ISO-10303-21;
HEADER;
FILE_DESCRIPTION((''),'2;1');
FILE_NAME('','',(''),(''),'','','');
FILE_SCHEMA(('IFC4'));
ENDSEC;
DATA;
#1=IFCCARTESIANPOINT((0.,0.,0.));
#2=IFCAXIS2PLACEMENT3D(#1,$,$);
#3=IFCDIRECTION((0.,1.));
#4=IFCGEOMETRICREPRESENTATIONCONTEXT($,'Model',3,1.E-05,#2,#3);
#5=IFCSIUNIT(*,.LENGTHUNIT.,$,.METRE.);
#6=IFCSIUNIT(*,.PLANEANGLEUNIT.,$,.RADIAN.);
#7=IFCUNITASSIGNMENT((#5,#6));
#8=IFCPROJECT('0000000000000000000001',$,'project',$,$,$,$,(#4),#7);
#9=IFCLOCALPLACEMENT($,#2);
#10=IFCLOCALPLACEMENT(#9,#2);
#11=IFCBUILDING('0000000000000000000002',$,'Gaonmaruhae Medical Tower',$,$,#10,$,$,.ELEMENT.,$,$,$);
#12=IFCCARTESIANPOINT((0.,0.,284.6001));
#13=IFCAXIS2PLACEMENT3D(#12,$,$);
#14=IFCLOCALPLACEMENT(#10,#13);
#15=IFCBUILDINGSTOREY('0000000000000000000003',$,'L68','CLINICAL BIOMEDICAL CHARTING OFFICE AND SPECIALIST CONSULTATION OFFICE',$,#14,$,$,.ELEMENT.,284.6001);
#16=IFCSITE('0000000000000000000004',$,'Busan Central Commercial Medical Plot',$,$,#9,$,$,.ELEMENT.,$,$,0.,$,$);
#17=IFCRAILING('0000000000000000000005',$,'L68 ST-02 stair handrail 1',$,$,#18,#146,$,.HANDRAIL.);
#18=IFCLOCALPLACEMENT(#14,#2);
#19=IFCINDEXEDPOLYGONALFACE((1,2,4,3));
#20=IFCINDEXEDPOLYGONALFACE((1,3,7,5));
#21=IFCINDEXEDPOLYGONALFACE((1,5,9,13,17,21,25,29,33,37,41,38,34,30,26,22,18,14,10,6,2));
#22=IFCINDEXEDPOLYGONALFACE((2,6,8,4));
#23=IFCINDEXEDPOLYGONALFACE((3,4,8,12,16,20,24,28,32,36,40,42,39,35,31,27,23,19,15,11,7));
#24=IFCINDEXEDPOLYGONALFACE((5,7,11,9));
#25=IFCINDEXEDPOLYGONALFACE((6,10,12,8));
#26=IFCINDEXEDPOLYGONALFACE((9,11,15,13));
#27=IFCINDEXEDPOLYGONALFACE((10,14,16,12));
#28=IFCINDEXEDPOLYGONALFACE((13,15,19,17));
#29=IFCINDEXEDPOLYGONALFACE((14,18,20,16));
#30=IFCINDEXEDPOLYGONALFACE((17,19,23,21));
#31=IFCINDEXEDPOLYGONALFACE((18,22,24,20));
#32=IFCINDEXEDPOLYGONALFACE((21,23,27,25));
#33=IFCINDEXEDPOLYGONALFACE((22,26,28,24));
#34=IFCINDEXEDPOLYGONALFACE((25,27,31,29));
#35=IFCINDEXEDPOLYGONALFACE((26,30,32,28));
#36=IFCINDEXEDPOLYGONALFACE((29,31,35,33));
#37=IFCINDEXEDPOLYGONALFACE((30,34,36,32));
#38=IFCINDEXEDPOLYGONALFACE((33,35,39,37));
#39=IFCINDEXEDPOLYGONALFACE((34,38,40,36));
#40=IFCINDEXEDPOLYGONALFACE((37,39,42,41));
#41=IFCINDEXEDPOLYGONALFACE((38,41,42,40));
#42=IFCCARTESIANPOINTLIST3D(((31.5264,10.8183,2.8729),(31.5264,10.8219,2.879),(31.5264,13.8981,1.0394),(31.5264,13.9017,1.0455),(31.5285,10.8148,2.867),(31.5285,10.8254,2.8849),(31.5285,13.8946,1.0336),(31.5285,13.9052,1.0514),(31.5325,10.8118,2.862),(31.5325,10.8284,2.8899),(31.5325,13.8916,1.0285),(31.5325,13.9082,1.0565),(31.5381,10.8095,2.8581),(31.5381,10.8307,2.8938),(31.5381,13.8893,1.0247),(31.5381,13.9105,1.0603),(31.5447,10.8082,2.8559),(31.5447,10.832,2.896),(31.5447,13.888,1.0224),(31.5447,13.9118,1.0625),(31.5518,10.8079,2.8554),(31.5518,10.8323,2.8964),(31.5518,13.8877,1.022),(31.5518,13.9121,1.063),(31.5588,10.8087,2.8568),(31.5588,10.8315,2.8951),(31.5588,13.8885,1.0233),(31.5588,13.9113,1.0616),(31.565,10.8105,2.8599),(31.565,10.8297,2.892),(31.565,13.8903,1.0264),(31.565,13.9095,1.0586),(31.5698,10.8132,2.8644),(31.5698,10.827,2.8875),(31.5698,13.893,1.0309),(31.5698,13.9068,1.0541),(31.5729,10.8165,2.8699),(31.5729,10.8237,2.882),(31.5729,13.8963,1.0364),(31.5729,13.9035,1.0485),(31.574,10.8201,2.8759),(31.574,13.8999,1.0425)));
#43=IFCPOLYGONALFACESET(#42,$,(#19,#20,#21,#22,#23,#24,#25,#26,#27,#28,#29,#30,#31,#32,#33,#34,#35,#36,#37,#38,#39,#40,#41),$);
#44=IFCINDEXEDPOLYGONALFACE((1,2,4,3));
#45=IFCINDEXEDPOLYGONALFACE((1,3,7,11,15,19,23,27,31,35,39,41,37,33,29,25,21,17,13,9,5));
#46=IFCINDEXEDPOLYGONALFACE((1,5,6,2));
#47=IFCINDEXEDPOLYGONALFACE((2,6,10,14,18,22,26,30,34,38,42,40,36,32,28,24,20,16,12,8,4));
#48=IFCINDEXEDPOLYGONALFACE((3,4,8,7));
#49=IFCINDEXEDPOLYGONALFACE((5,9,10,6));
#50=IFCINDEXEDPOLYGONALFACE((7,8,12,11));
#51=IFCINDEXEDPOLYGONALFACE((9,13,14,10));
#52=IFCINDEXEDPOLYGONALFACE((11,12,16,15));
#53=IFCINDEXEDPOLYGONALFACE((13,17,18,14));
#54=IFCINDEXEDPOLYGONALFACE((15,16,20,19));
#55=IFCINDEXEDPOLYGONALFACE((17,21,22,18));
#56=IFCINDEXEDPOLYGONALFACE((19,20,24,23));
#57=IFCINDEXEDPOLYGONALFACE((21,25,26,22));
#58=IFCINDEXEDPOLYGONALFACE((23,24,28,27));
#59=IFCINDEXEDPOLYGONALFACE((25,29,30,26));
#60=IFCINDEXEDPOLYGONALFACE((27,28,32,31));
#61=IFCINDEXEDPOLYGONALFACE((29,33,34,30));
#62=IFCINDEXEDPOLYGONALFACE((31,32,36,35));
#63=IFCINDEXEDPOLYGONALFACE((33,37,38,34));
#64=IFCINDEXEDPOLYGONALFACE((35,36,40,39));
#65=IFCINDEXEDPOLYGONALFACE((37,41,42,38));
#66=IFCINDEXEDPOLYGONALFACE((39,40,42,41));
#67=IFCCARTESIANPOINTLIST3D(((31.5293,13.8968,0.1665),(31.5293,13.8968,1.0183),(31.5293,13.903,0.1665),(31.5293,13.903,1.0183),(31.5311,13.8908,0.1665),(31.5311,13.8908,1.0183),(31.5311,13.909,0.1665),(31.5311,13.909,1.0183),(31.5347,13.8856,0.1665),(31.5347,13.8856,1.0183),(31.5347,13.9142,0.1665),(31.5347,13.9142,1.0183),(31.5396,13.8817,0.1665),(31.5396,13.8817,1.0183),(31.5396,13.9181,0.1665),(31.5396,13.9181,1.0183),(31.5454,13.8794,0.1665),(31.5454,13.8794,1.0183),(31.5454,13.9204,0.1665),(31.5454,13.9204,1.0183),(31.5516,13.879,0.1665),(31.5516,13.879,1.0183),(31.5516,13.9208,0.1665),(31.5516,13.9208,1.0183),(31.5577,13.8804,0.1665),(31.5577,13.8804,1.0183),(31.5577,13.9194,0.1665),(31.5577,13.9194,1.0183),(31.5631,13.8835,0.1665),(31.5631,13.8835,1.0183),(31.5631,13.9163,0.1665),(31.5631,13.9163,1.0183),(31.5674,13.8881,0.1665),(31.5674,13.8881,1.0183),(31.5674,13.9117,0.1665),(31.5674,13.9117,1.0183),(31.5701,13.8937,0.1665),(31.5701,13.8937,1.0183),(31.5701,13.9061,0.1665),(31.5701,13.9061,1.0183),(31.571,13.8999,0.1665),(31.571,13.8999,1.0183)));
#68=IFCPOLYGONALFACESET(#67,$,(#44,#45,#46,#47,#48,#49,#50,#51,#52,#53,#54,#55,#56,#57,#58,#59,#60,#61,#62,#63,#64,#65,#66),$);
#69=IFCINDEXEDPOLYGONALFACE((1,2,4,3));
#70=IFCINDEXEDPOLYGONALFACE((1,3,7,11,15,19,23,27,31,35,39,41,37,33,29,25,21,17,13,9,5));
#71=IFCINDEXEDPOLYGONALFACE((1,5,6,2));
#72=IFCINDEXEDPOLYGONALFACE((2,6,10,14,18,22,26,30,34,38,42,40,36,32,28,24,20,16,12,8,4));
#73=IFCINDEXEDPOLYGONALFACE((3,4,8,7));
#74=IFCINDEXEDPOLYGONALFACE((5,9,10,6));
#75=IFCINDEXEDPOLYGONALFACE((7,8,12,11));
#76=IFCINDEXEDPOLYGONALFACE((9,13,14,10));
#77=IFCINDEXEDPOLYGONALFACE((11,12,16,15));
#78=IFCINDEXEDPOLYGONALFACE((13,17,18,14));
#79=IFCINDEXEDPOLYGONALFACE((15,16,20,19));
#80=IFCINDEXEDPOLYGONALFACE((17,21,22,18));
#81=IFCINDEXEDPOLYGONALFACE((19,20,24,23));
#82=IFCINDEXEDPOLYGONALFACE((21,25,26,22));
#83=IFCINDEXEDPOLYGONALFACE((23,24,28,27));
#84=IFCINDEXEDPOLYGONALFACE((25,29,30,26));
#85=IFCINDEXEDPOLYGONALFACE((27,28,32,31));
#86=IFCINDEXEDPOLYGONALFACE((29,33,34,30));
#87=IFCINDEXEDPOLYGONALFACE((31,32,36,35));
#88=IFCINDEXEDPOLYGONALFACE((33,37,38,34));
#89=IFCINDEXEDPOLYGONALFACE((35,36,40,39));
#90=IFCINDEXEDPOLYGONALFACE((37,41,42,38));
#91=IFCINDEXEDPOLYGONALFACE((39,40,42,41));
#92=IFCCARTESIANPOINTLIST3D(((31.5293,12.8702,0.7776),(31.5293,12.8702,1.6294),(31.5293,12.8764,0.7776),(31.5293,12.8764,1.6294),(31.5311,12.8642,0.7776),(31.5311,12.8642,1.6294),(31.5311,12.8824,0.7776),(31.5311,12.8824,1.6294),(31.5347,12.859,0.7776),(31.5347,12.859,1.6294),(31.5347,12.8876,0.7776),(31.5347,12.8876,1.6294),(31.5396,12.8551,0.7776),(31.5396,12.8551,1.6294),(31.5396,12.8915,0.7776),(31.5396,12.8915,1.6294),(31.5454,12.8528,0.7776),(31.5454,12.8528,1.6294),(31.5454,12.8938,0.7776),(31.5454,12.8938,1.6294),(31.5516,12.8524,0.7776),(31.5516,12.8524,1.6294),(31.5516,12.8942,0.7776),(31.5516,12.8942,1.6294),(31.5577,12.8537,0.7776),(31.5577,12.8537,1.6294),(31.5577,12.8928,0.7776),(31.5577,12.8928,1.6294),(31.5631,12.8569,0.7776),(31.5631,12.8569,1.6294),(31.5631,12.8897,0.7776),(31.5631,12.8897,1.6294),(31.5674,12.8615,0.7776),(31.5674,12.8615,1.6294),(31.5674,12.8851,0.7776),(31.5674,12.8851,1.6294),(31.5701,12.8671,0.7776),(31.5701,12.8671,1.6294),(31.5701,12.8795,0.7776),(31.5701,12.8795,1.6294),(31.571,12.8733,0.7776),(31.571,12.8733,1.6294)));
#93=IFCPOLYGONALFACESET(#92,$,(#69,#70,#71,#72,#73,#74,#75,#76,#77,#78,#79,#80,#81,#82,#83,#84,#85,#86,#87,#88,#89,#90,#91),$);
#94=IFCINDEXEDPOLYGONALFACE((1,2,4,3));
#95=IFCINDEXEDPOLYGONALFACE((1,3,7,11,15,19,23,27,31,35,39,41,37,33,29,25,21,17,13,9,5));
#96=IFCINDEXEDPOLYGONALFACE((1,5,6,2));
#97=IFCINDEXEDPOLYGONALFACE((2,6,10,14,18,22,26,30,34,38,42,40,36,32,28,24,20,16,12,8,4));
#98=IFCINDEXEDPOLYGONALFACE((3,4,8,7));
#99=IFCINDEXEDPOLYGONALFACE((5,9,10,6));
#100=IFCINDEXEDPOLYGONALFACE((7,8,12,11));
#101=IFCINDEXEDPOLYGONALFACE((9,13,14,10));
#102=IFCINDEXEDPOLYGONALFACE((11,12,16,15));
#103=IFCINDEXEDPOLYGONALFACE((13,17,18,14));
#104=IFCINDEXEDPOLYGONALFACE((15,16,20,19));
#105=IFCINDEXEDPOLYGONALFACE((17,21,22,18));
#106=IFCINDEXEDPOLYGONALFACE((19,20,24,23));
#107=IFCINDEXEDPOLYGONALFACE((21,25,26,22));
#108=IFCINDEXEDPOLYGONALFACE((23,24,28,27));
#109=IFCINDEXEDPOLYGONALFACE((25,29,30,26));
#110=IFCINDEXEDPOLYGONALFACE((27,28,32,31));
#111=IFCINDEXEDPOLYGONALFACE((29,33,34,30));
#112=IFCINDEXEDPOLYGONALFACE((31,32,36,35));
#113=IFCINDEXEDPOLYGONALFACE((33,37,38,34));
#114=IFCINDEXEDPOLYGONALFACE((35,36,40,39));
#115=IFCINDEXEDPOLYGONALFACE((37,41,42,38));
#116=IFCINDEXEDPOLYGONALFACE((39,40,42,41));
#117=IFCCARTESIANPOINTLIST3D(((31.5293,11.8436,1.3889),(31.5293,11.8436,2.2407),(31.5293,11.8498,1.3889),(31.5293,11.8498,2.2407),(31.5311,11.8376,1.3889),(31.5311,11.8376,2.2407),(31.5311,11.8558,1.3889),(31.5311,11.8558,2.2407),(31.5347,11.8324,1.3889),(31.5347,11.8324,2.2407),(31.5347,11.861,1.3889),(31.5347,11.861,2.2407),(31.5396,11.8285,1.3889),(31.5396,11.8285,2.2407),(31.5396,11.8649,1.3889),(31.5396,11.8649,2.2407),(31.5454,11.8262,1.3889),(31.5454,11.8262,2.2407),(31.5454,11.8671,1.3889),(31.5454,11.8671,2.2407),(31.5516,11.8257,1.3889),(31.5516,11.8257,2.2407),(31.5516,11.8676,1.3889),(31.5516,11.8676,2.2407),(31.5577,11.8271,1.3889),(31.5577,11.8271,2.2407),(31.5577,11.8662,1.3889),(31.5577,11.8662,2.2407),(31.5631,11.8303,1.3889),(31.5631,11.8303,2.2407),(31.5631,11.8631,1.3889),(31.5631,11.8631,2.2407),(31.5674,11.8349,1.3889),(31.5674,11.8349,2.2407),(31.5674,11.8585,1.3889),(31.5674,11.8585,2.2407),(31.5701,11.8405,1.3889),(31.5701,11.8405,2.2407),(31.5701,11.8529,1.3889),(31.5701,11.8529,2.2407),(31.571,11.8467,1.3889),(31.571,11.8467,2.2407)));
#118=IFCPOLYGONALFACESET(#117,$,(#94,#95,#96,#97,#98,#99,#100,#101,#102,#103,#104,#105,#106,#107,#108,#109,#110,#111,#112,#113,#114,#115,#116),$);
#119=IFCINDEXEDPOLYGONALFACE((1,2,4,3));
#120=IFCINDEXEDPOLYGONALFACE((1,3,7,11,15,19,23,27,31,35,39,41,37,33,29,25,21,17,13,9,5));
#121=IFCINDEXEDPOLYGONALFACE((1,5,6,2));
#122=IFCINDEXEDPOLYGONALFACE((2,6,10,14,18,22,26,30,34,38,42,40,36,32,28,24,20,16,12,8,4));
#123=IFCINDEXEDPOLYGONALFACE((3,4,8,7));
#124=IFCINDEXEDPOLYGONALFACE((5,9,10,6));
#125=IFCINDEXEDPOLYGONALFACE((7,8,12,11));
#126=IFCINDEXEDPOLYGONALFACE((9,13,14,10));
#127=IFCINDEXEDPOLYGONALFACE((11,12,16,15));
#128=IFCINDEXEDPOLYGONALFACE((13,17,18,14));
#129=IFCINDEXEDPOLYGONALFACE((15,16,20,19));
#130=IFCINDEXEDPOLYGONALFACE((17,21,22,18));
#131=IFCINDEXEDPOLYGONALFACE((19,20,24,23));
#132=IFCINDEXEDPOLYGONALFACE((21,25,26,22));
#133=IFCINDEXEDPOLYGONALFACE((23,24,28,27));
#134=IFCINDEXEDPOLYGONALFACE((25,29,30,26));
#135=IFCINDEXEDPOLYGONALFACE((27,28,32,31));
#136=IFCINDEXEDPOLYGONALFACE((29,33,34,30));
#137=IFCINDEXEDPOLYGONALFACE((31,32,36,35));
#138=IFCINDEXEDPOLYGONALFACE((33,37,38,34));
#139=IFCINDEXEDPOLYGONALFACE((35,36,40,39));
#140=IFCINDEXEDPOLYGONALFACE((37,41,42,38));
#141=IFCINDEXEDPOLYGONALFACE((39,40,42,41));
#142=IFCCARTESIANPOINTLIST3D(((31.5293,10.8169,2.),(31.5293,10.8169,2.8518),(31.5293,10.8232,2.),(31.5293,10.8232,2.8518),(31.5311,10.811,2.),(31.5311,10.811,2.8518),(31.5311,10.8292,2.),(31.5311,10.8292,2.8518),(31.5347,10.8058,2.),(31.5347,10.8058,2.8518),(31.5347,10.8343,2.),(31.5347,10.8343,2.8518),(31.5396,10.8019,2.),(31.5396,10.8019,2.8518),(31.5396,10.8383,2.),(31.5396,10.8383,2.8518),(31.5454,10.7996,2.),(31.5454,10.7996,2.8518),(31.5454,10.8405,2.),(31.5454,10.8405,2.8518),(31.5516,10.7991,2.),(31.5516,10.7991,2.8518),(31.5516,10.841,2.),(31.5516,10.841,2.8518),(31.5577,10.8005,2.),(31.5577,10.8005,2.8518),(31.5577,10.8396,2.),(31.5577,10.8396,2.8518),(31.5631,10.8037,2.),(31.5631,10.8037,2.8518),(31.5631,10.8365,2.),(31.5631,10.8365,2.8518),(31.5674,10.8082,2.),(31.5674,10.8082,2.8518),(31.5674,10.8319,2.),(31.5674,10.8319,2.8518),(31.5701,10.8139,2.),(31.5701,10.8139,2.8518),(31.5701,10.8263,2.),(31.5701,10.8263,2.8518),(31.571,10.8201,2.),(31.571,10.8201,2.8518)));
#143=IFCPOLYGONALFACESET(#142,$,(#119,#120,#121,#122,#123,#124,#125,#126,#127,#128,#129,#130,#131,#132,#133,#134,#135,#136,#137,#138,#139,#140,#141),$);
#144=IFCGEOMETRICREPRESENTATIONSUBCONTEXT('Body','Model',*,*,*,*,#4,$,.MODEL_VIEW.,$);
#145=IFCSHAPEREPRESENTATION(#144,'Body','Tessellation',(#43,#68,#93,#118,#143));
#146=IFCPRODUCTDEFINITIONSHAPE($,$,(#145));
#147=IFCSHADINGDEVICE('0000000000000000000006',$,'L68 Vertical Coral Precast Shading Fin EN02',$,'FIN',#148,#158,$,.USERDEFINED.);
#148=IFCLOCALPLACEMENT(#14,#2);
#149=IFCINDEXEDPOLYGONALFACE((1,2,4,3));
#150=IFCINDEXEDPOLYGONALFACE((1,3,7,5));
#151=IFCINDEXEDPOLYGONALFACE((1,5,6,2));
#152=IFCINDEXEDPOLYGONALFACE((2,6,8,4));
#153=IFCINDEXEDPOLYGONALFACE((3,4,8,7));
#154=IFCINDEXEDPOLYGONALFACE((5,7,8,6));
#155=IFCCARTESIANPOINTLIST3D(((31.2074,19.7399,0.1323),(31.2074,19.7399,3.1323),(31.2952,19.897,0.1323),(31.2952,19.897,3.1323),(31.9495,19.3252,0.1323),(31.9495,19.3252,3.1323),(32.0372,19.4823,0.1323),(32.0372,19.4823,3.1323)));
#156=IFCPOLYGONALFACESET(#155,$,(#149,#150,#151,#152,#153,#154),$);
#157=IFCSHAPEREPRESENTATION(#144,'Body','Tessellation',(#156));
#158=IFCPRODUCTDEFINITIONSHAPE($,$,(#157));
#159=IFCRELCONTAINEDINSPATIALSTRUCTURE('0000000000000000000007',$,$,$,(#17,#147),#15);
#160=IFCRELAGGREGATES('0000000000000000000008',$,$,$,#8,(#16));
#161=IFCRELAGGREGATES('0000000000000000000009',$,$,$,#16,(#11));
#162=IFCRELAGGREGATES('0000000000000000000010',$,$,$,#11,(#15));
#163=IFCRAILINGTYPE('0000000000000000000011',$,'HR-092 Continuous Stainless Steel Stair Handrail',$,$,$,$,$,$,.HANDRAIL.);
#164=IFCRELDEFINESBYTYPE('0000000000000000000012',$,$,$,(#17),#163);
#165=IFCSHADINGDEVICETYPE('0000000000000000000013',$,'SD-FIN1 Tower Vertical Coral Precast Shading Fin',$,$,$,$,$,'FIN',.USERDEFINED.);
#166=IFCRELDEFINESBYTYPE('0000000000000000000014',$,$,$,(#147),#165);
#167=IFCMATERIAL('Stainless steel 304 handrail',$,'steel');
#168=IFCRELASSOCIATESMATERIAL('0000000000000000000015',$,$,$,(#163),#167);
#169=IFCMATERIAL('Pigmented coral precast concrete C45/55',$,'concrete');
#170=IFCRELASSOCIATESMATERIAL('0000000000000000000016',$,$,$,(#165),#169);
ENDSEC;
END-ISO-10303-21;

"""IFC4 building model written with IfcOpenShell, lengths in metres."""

from ifc_helpers import new_model, si_unit, direction, frame, origin, origin_2d, place, context, subcontext, project, spatial, rectangle, circle, extrude, material, type_object, element, save


model = new_model("IFC4")

# Units and contexts
model_context = context("Model", 3, precision=1e-05, world=origin(), true_north=direction((0.0, 1.0)))
body_context = subcontext(model_context, "Body", "Model", "MODEL_VIEW")
ifc_project = project(units=[si_unit("LENGTHUNIT", "METRE"), si_unit("PLANEANGLEUNIT", "RADIAN")], contexts=[model_context])

# Site, building, storey
site_placement = place(None, origin())
site = spatial("IfcSite", under=ifc_project, at=site_placement, Name="Busan Central Commercial Medical Plot", CompositionType="ELEMENT", RefElevation=0.0)
building_placement = place(site_placement, origin())
building = spatial("IfcBuilding", under=site, at=building_placement, Name="Gaonmaruhae Medical Tower", CompositionType="ELEMENT")
storey_placement = place(building_placement, frame((0.0, 0.0, 284.6001)))
storey = spatial("IfcBuildingStorey", under=building, at=storey_placement, Name="L68", Description="CLINICAL BIOMEDICAL CHARTING OFFICE AND SPECIALIST CONSULTATION OFFICE", CompositionType="ELEMENT", Elevation=284.6001)

# Railing
ifc_material_1 = material(Name="Stainless steel 304 handrail", Category="steel")
railing_type_1 = type_object("IfcRailingType", Name="HR-092 Continuous Stainless Steel Stair Handrail", PredefinedType="HANDRAIL", material=ifc_material_1)
railing_1_placement = place(storey_placement, frame((31.55, 13.8999, 0.1665)))
element("IfcRailing", 1, at=railing_1_placement, inside=storey, type_object=railing_type_1, Name="L68 ST-02 stair handrail 1", PredefinedType="HANDRAIL", context=body_context, shape_type="SweptSolid", body=[
    extrude(circle(Radius=0.0239, at=origin_2d()), frame((0.0, 0.0, 0.876), z_axis=(0.0, -0.859261, 0.511538), x_axis=(1.0, 0.0, 0.0)), (0.0, 0.0, 1.0), 3.5842),
    extrude(circle(Radius=0.021, at=origin_2d()), origin(), (0.0, 0.0, 1.0), 0.8518),
    extrude(circle(Radius=0.021, at=origin_2d()), frame((0.0, -1.0266, 0.6111)), (0.0, 0.0, 1.0), 0.8518),
    extrude(circle(Radius=0.021, at=origin_2d()), frame((0.0, -2.0532, 1.2224)), (0.0, 0.0, 1.0), 0.8518),
    extrude(circle(Radius=0.021, at=origin_2d()), frame((0.0, -3.0798, 1.8335)), (0.0, 0.0, 1.0), 0.8518),
])

# Shading device
ifc_material_2 = material(Name="Pigmented coral precast concrete C45/55", Category="concrete")
shading_device_type = type_object("IfcShadingDeviceType", Name="SD-FIN1 Tower Vertical Coral Precast Shading Fin", ElementType="FIN", PredefinedType="USERDEFINED", material=ifc_material_2)
shading_device_placement = place(storey_placement, frame((31.6223, 19.6111, 0.1323), z_axis=(0.0, 0.0, 1.0), x_axis=(0.48786, 0.872922, 0.0)))
element("IfcShadingDevice", 2, at=shading_device_placement, inside=storey, type_object=shading_device_type, Name="L68 Vertical Coral Precast Shading Fin EN02", ObjectType="FIN", PredefinedType="USERDEFINED", context=body_context, shape_type="SweptSolid", body=[
    extrude(rectangle(XDim=0.1799, YDim=0.8501, at=origin_2d()), origin(), (0.0, 0.0, 1.0), 3.0),
])

save(model, "model.ifc")
